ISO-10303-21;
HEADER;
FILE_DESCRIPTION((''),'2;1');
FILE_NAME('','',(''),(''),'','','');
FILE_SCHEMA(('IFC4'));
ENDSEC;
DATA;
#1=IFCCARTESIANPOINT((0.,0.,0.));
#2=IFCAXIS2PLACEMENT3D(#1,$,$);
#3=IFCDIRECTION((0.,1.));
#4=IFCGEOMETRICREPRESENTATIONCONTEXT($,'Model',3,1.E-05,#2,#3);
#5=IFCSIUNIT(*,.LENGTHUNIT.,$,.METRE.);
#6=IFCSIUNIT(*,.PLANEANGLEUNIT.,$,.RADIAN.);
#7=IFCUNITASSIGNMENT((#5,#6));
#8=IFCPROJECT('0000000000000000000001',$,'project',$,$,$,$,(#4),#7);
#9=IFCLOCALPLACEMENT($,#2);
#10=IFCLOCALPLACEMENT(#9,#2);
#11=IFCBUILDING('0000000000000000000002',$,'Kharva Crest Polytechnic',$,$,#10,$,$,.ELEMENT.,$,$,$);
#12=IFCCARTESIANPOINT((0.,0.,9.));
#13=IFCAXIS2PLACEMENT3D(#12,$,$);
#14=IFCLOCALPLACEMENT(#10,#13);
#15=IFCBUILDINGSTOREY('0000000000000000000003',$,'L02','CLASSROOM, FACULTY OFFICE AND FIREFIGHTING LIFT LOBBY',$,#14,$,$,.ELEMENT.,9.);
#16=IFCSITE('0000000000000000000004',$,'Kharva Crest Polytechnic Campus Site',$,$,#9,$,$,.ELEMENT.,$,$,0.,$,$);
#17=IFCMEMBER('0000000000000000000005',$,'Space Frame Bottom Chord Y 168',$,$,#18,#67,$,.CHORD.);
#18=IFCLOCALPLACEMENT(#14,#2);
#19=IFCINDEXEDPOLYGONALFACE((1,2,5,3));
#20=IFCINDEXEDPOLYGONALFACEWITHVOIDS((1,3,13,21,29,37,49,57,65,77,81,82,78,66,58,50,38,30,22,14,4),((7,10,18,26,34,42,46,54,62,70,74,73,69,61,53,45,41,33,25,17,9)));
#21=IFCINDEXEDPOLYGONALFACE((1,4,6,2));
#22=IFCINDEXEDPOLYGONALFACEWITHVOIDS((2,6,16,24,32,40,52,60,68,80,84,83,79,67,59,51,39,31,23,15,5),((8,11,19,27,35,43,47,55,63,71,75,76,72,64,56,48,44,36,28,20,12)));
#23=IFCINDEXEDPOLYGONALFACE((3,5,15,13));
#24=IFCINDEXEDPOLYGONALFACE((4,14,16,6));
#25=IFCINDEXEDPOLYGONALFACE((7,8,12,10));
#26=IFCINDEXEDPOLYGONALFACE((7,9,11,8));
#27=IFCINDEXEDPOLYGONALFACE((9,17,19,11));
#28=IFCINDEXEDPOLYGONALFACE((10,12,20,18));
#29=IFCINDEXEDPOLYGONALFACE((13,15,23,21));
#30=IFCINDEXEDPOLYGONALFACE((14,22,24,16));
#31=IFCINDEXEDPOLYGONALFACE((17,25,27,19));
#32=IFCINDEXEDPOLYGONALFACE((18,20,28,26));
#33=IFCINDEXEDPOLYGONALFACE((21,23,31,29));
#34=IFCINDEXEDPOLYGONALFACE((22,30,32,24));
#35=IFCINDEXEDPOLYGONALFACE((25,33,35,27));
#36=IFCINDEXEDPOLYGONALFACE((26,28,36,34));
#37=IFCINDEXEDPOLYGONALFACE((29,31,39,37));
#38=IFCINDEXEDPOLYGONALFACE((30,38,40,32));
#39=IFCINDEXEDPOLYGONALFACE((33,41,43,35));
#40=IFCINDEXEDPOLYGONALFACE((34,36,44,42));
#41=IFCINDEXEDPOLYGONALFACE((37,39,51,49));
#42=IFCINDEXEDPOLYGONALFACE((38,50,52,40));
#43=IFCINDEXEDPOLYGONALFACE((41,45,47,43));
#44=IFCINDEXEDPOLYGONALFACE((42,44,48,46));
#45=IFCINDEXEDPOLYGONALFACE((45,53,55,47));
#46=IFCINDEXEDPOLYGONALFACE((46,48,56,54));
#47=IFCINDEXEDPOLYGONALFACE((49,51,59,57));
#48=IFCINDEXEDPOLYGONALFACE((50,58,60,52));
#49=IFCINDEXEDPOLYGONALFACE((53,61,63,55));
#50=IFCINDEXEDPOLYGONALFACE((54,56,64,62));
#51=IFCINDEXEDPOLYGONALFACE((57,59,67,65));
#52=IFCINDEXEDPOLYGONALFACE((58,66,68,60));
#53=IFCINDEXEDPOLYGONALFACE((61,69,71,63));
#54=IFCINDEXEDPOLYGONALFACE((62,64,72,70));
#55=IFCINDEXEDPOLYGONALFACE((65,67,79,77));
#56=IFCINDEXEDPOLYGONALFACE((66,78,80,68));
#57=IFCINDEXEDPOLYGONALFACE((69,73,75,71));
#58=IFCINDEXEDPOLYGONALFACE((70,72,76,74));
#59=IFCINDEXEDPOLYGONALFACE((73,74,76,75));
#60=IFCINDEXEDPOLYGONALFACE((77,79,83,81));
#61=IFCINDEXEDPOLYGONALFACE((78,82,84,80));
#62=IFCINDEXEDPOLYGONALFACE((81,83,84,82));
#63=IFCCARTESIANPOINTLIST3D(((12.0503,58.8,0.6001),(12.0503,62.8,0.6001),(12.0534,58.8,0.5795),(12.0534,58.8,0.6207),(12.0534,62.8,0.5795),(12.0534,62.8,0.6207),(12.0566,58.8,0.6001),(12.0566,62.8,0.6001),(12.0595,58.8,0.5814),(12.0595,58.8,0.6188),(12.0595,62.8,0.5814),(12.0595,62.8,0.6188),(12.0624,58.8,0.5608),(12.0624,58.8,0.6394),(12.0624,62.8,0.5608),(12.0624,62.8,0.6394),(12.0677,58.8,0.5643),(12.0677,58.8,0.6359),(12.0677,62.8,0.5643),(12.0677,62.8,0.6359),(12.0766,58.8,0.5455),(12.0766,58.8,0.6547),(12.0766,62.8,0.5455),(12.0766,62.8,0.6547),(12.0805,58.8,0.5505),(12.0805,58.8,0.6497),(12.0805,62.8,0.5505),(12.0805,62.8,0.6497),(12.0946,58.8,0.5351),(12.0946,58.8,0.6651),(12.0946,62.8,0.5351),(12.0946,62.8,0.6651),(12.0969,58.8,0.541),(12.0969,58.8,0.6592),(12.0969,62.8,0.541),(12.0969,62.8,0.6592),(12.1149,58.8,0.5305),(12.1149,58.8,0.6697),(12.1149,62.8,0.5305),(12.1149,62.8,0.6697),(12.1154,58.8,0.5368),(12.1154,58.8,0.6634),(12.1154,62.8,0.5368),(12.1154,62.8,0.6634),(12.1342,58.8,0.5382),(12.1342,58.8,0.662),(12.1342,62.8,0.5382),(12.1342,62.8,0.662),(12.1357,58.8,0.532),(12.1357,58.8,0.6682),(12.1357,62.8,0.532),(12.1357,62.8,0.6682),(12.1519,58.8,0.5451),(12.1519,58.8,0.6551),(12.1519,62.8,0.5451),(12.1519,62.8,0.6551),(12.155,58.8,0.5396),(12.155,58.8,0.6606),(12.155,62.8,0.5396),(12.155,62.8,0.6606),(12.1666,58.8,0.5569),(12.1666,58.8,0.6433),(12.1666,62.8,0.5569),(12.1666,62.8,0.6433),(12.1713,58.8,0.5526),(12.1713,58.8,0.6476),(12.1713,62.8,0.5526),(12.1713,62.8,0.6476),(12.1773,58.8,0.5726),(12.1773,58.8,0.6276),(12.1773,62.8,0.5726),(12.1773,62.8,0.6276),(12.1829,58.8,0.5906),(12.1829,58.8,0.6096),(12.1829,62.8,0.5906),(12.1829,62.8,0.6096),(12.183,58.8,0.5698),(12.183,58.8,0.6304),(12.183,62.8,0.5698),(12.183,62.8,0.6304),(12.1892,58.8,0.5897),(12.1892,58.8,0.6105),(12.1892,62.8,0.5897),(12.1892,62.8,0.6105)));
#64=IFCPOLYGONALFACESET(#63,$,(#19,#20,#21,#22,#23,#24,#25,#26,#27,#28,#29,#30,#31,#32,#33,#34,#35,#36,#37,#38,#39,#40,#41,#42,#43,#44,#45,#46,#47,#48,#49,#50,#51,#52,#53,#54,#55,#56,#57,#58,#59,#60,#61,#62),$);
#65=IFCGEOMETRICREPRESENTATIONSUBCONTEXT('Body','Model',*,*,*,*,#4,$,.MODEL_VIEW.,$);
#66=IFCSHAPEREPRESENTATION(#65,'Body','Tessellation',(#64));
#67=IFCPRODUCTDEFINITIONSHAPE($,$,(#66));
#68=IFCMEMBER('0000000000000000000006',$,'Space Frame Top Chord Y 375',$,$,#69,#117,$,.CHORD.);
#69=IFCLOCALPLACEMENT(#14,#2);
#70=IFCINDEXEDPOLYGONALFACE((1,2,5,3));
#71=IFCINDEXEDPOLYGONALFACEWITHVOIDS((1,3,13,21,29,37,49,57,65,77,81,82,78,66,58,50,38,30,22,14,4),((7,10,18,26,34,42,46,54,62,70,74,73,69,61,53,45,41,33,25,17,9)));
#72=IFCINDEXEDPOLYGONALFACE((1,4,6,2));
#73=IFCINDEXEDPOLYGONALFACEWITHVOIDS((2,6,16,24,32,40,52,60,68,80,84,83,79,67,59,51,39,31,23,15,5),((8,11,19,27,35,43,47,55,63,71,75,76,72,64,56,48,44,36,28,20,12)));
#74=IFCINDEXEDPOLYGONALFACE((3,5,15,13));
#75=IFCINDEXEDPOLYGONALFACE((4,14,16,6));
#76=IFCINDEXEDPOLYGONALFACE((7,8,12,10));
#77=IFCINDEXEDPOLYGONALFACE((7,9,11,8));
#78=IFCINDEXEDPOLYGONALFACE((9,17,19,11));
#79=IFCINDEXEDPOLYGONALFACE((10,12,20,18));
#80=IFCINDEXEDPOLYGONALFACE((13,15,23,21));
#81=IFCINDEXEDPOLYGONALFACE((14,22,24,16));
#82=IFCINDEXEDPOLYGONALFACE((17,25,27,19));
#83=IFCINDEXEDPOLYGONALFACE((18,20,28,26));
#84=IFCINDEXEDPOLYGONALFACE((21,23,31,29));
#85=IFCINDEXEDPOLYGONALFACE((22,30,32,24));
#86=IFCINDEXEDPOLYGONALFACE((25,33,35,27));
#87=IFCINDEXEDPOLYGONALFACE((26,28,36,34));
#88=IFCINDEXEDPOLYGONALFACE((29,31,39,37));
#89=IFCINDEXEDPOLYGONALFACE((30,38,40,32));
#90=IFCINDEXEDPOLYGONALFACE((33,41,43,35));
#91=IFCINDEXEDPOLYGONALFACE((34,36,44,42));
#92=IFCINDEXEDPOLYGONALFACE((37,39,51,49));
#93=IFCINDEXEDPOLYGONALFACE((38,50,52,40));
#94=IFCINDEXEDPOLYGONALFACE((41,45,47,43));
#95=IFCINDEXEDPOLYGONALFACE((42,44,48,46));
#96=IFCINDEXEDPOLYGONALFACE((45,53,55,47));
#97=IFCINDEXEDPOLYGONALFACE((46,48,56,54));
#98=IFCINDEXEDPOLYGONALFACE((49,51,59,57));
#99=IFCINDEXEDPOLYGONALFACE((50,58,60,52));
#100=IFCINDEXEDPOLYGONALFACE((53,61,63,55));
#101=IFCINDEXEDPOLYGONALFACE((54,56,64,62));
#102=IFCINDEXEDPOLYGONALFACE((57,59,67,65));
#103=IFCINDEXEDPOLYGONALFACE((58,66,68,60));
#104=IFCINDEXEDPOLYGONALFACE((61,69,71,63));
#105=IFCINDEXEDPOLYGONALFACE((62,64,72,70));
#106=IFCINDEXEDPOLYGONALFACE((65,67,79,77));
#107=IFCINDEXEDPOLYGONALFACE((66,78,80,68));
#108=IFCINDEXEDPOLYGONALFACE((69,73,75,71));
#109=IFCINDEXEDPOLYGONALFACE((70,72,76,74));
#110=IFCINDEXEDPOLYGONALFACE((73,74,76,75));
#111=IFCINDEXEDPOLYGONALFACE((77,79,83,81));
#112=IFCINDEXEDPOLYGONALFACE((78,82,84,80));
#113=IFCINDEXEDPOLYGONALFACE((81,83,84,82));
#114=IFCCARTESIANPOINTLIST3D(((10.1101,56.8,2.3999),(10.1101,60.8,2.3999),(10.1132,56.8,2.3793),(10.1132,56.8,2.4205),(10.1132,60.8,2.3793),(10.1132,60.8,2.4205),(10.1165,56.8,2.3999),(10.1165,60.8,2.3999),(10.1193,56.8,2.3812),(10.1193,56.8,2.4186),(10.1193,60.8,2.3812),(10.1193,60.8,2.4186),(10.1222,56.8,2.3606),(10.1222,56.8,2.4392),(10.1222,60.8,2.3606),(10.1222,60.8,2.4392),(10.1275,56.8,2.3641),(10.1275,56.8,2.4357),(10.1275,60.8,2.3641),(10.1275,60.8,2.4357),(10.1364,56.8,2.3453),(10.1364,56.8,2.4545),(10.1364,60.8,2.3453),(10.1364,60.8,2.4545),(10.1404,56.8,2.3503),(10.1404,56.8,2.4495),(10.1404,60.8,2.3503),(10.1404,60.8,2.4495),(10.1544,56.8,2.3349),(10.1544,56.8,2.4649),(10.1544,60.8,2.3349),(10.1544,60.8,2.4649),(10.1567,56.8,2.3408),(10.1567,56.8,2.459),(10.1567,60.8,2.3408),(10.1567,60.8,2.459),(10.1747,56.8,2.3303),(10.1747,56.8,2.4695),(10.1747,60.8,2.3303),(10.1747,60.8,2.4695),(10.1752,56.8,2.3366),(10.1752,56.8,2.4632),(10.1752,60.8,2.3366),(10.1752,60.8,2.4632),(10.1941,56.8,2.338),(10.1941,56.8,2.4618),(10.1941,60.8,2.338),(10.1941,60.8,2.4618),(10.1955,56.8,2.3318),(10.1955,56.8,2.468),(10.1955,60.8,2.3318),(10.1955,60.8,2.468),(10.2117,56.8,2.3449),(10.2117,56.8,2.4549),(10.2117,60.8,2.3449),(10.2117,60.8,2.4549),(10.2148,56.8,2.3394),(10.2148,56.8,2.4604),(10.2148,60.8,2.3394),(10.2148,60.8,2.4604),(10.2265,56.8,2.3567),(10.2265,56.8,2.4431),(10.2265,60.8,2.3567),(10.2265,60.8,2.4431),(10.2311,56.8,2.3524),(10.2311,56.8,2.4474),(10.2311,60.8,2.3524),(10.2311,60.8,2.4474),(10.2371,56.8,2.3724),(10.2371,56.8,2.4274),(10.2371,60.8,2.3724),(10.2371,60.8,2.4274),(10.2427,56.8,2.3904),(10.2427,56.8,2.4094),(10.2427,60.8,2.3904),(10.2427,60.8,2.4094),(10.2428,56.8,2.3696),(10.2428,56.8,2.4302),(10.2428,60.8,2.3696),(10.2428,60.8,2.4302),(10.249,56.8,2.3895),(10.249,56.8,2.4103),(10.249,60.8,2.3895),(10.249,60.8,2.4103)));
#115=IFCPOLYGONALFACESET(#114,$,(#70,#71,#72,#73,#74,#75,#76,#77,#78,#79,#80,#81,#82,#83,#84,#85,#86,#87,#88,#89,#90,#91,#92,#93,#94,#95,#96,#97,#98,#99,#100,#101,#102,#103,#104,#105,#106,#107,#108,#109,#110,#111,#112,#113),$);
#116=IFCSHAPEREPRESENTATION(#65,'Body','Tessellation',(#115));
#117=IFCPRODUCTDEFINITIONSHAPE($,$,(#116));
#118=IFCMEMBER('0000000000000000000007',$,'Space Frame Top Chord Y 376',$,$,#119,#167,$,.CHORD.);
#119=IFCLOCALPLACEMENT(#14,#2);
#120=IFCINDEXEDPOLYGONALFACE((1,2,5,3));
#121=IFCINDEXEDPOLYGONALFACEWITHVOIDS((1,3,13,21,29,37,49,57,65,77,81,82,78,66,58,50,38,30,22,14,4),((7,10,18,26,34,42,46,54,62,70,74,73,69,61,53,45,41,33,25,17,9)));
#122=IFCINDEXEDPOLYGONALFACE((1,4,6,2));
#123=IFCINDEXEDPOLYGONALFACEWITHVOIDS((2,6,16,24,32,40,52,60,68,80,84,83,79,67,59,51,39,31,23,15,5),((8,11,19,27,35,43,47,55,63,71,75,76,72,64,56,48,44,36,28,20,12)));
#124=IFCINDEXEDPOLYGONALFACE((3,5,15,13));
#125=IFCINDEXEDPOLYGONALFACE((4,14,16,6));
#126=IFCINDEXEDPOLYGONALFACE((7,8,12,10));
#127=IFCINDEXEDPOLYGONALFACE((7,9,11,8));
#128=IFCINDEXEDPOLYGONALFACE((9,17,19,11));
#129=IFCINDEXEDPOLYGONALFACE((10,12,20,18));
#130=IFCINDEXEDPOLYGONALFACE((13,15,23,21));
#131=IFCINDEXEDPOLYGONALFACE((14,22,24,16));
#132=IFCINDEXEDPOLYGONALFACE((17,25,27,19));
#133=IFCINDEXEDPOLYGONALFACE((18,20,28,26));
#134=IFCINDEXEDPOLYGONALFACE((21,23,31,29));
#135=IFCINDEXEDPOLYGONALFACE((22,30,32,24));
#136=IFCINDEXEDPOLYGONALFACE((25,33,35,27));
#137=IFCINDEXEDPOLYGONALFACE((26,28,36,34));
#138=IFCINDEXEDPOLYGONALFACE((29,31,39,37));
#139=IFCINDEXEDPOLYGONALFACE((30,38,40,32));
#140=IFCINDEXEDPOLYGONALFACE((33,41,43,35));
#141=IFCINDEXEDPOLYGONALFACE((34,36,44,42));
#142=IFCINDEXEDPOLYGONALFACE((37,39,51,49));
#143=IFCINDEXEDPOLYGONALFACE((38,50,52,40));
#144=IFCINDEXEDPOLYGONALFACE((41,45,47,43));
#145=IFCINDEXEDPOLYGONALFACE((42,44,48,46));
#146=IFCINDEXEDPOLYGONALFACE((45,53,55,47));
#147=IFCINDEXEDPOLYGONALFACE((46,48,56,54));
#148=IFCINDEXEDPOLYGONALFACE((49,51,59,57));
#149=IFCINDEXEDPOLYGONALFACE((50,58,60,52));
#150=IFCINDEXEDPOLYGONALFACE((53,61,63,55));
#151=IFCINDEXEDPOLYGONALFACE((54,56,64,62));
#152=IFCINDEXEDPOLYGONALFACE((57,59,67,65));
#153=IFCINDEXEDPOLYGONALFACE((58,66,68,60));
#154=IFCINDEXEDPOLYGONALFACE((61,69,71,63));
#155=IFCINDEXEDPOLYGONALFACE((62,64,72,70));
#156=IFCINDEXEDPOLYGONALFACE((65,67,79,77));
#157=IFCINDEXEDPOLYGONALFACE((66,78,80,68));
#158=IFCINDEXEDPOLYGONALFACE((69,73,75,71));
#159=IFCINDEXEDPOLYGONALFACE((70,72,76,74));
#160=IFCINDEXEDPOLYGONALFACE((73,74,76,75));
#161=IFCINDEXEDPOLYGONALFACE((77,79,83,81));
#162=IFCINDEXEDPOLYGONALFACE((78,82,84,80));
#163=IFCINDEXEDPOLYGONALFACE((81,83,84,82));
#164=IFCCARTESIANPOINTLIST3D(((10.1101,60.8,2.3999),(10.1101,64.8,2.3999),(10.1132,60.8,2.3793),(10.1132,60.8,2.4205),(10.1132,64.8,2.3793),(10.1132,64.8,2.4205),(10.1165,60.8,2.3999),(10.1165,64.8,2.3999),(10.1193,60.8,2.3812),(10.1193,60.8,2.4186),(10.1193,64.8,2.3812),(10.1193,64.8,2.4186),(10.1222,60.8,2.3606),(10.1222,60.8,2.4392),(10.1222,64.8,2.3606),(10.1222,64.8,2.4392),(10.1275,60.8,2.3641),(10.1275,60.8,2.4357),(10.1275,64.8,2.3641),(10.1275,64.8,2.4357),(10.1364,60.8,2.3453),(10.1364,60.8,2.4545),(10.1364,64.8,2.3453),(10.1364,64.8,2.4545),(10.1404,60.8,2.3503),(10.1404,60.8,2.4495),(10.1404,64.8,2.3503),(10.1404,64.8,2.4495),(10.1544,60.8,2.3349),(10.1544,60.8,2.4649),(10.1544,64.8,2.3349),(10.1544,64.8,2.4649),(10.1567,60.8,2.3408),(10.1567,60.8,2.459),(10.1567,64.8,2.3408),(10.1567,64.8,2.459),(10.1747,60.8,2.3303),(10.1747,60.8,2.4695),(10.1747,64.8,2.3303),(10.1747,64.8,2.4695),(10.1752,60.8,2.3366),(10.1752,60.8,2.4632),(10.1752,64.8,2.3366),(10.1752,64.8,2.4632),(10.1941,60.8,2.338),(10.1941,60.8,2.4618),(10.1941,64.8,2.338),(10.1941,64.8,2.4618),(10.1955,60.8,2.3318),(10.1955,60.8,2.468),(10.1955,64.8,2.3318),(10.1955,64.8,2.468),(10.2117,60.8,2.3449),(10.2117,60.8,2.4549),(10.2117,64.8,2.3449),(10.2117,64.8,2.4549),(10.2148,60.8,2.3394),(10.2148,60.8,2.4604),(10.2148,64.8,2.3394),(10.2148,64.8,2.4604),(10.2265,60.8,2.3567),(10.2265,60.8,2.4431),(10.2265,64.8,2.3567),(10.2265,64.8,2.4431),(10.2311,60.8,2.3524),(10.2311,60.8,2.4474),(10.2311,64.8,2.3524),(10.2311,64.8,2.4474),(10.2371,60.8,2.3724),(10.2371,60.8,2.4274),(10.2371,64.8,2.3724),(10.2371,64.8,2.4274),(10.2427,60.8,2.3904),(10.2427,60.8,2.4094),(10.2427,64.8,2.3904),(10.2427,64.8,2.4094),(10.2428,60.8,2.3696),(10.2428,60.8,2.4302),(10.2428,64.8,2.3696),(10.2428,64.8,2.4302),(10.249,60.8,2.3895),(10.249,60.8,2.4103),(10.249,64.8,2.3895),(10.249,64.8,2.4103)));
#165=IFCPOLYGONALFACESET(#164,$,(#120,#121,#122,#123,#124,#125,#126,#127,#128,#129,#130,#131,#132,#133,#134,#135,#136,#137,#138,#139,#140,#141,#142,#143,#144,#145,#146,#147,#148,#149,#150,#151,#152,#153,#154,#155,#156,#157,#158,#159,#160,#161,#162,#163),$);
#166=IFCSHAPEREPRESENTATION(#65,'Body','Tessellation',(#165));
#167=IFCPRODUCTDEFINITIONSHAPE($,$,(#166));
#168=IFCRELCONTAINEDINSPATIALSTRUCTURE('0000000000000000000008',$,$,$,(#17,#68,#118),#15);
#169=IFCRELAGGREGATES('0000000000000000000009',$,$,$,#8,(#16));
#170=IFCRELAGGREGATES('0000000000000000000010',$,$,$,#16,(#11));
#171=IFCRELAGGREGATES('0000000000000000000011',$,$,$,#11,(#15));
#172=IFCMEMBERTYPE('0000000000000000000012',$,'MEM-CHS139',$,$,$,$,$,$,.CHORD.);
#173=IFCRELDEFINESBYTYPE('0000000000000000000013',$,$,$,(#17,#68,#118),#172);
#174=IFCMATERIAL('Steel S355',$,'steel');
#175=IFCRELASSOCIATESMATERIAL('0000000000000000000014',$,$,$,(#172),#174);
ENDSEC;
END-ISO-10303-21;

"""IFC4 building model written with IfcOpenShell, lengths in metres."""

from ifc_helpers import new_model, si_unit, direction, frame, origin, origin_2d, place, context, subcontext, project, spatial, hollow_circle, extrude, material, material_profile, profile_set, type_object, element, save


model = new_model("IFC4")

# Units and contexts
model_context = context("Model", 3, precision=1e-05, world=origin(), true_north=direction((0.0, 1.0)))
body_context = subcontext(model_context, "Body", "Model", "MODEL_VIEW")
ifc_project = project(units=[si_unit("LENGTHUNIT", "METRE"), si_unit("PLANEANGLEUNIT", "RADIAN")], contexts=[model_context])

# Site, building, storey
site_placement = place(None, origin())
site = spatial("IfcSite", under=ifc_project, at=site_placement, Name="Kharva Crest Polytechnic Campus Site", CompositionType="ELEMENT", RefElevation=0.0)
building_placement = place(site_placement, origin())
building = spatial("IfcBuilding", under=site, at=building_placement, Name="Kharva Crest Polytechnic", CompositionType="ELEMENT")
storey_placement = place(building_placement, frame((0.0, 0.0, 9.0)))
storey = spatial("IfcBuildingStorey", under=building, at=storey_placement, Name="L02", Description="CLASSROOM, FACULTY OFFICE AND FIREFIGHTING LIFT LOBBY", CompositionType="ELEMENT", Elevation=9.0)

# Shared definitions
ifc_material_1 = material(Name="Steel S355", Category="steel")

# Members
ifc_material_profile_1 = material_profile(ifc_material_1, hollow_circle(Radius=0.0698, WallThickness=0.0063, at=origin_2d()), Name="CHS 139.7X6.3")
ifc_profile_set_1 = profile_set([ifc_material_profile_1], Name="Steel S355")
member_type_1 = type_object("IfcMemberType", Name="MEM-CHS139", PredefinedType="CHORD", material=ifc_profile_set_1)
for number, where, z_axis, x_axis, name in (
    (1, (12.1201, 58.8, 0.6001), (0.0, 1.0, 0.0), (-1.0, 0.0, 0.0), "Space Frame Bottom Chord Y 168"),
    (2, (10.1799, 56.8, 2.3999), (0.0, 1.0, 0.0), (-1.0, 0.0, 0.0), "Space Frame Top Chord Y 375"),
    (3, (10.1799, 60.8, 2.3999), (0.0, 1.0, 0.0), (-1.0, 0.0, 0.0), "Space Frame Top Chord Y 376"),
):
    element("IfcMember", number, at=place(storey_placement, frame(where, z_axis=z_axis, x_axis=x_axis)), inside=storey, type_object=member_type_1, Name=name, PredefinedType="CHORD", context=body_context, shape_type="SweptSolid", body=[
        extrude(hollow_circle(Radius=0.0698, WallThickness=0.0063, at=origin_2d()), origin(), (0.0, 0.0, 1.0), 4.0),
    ])

save(model, "model.ifc")
